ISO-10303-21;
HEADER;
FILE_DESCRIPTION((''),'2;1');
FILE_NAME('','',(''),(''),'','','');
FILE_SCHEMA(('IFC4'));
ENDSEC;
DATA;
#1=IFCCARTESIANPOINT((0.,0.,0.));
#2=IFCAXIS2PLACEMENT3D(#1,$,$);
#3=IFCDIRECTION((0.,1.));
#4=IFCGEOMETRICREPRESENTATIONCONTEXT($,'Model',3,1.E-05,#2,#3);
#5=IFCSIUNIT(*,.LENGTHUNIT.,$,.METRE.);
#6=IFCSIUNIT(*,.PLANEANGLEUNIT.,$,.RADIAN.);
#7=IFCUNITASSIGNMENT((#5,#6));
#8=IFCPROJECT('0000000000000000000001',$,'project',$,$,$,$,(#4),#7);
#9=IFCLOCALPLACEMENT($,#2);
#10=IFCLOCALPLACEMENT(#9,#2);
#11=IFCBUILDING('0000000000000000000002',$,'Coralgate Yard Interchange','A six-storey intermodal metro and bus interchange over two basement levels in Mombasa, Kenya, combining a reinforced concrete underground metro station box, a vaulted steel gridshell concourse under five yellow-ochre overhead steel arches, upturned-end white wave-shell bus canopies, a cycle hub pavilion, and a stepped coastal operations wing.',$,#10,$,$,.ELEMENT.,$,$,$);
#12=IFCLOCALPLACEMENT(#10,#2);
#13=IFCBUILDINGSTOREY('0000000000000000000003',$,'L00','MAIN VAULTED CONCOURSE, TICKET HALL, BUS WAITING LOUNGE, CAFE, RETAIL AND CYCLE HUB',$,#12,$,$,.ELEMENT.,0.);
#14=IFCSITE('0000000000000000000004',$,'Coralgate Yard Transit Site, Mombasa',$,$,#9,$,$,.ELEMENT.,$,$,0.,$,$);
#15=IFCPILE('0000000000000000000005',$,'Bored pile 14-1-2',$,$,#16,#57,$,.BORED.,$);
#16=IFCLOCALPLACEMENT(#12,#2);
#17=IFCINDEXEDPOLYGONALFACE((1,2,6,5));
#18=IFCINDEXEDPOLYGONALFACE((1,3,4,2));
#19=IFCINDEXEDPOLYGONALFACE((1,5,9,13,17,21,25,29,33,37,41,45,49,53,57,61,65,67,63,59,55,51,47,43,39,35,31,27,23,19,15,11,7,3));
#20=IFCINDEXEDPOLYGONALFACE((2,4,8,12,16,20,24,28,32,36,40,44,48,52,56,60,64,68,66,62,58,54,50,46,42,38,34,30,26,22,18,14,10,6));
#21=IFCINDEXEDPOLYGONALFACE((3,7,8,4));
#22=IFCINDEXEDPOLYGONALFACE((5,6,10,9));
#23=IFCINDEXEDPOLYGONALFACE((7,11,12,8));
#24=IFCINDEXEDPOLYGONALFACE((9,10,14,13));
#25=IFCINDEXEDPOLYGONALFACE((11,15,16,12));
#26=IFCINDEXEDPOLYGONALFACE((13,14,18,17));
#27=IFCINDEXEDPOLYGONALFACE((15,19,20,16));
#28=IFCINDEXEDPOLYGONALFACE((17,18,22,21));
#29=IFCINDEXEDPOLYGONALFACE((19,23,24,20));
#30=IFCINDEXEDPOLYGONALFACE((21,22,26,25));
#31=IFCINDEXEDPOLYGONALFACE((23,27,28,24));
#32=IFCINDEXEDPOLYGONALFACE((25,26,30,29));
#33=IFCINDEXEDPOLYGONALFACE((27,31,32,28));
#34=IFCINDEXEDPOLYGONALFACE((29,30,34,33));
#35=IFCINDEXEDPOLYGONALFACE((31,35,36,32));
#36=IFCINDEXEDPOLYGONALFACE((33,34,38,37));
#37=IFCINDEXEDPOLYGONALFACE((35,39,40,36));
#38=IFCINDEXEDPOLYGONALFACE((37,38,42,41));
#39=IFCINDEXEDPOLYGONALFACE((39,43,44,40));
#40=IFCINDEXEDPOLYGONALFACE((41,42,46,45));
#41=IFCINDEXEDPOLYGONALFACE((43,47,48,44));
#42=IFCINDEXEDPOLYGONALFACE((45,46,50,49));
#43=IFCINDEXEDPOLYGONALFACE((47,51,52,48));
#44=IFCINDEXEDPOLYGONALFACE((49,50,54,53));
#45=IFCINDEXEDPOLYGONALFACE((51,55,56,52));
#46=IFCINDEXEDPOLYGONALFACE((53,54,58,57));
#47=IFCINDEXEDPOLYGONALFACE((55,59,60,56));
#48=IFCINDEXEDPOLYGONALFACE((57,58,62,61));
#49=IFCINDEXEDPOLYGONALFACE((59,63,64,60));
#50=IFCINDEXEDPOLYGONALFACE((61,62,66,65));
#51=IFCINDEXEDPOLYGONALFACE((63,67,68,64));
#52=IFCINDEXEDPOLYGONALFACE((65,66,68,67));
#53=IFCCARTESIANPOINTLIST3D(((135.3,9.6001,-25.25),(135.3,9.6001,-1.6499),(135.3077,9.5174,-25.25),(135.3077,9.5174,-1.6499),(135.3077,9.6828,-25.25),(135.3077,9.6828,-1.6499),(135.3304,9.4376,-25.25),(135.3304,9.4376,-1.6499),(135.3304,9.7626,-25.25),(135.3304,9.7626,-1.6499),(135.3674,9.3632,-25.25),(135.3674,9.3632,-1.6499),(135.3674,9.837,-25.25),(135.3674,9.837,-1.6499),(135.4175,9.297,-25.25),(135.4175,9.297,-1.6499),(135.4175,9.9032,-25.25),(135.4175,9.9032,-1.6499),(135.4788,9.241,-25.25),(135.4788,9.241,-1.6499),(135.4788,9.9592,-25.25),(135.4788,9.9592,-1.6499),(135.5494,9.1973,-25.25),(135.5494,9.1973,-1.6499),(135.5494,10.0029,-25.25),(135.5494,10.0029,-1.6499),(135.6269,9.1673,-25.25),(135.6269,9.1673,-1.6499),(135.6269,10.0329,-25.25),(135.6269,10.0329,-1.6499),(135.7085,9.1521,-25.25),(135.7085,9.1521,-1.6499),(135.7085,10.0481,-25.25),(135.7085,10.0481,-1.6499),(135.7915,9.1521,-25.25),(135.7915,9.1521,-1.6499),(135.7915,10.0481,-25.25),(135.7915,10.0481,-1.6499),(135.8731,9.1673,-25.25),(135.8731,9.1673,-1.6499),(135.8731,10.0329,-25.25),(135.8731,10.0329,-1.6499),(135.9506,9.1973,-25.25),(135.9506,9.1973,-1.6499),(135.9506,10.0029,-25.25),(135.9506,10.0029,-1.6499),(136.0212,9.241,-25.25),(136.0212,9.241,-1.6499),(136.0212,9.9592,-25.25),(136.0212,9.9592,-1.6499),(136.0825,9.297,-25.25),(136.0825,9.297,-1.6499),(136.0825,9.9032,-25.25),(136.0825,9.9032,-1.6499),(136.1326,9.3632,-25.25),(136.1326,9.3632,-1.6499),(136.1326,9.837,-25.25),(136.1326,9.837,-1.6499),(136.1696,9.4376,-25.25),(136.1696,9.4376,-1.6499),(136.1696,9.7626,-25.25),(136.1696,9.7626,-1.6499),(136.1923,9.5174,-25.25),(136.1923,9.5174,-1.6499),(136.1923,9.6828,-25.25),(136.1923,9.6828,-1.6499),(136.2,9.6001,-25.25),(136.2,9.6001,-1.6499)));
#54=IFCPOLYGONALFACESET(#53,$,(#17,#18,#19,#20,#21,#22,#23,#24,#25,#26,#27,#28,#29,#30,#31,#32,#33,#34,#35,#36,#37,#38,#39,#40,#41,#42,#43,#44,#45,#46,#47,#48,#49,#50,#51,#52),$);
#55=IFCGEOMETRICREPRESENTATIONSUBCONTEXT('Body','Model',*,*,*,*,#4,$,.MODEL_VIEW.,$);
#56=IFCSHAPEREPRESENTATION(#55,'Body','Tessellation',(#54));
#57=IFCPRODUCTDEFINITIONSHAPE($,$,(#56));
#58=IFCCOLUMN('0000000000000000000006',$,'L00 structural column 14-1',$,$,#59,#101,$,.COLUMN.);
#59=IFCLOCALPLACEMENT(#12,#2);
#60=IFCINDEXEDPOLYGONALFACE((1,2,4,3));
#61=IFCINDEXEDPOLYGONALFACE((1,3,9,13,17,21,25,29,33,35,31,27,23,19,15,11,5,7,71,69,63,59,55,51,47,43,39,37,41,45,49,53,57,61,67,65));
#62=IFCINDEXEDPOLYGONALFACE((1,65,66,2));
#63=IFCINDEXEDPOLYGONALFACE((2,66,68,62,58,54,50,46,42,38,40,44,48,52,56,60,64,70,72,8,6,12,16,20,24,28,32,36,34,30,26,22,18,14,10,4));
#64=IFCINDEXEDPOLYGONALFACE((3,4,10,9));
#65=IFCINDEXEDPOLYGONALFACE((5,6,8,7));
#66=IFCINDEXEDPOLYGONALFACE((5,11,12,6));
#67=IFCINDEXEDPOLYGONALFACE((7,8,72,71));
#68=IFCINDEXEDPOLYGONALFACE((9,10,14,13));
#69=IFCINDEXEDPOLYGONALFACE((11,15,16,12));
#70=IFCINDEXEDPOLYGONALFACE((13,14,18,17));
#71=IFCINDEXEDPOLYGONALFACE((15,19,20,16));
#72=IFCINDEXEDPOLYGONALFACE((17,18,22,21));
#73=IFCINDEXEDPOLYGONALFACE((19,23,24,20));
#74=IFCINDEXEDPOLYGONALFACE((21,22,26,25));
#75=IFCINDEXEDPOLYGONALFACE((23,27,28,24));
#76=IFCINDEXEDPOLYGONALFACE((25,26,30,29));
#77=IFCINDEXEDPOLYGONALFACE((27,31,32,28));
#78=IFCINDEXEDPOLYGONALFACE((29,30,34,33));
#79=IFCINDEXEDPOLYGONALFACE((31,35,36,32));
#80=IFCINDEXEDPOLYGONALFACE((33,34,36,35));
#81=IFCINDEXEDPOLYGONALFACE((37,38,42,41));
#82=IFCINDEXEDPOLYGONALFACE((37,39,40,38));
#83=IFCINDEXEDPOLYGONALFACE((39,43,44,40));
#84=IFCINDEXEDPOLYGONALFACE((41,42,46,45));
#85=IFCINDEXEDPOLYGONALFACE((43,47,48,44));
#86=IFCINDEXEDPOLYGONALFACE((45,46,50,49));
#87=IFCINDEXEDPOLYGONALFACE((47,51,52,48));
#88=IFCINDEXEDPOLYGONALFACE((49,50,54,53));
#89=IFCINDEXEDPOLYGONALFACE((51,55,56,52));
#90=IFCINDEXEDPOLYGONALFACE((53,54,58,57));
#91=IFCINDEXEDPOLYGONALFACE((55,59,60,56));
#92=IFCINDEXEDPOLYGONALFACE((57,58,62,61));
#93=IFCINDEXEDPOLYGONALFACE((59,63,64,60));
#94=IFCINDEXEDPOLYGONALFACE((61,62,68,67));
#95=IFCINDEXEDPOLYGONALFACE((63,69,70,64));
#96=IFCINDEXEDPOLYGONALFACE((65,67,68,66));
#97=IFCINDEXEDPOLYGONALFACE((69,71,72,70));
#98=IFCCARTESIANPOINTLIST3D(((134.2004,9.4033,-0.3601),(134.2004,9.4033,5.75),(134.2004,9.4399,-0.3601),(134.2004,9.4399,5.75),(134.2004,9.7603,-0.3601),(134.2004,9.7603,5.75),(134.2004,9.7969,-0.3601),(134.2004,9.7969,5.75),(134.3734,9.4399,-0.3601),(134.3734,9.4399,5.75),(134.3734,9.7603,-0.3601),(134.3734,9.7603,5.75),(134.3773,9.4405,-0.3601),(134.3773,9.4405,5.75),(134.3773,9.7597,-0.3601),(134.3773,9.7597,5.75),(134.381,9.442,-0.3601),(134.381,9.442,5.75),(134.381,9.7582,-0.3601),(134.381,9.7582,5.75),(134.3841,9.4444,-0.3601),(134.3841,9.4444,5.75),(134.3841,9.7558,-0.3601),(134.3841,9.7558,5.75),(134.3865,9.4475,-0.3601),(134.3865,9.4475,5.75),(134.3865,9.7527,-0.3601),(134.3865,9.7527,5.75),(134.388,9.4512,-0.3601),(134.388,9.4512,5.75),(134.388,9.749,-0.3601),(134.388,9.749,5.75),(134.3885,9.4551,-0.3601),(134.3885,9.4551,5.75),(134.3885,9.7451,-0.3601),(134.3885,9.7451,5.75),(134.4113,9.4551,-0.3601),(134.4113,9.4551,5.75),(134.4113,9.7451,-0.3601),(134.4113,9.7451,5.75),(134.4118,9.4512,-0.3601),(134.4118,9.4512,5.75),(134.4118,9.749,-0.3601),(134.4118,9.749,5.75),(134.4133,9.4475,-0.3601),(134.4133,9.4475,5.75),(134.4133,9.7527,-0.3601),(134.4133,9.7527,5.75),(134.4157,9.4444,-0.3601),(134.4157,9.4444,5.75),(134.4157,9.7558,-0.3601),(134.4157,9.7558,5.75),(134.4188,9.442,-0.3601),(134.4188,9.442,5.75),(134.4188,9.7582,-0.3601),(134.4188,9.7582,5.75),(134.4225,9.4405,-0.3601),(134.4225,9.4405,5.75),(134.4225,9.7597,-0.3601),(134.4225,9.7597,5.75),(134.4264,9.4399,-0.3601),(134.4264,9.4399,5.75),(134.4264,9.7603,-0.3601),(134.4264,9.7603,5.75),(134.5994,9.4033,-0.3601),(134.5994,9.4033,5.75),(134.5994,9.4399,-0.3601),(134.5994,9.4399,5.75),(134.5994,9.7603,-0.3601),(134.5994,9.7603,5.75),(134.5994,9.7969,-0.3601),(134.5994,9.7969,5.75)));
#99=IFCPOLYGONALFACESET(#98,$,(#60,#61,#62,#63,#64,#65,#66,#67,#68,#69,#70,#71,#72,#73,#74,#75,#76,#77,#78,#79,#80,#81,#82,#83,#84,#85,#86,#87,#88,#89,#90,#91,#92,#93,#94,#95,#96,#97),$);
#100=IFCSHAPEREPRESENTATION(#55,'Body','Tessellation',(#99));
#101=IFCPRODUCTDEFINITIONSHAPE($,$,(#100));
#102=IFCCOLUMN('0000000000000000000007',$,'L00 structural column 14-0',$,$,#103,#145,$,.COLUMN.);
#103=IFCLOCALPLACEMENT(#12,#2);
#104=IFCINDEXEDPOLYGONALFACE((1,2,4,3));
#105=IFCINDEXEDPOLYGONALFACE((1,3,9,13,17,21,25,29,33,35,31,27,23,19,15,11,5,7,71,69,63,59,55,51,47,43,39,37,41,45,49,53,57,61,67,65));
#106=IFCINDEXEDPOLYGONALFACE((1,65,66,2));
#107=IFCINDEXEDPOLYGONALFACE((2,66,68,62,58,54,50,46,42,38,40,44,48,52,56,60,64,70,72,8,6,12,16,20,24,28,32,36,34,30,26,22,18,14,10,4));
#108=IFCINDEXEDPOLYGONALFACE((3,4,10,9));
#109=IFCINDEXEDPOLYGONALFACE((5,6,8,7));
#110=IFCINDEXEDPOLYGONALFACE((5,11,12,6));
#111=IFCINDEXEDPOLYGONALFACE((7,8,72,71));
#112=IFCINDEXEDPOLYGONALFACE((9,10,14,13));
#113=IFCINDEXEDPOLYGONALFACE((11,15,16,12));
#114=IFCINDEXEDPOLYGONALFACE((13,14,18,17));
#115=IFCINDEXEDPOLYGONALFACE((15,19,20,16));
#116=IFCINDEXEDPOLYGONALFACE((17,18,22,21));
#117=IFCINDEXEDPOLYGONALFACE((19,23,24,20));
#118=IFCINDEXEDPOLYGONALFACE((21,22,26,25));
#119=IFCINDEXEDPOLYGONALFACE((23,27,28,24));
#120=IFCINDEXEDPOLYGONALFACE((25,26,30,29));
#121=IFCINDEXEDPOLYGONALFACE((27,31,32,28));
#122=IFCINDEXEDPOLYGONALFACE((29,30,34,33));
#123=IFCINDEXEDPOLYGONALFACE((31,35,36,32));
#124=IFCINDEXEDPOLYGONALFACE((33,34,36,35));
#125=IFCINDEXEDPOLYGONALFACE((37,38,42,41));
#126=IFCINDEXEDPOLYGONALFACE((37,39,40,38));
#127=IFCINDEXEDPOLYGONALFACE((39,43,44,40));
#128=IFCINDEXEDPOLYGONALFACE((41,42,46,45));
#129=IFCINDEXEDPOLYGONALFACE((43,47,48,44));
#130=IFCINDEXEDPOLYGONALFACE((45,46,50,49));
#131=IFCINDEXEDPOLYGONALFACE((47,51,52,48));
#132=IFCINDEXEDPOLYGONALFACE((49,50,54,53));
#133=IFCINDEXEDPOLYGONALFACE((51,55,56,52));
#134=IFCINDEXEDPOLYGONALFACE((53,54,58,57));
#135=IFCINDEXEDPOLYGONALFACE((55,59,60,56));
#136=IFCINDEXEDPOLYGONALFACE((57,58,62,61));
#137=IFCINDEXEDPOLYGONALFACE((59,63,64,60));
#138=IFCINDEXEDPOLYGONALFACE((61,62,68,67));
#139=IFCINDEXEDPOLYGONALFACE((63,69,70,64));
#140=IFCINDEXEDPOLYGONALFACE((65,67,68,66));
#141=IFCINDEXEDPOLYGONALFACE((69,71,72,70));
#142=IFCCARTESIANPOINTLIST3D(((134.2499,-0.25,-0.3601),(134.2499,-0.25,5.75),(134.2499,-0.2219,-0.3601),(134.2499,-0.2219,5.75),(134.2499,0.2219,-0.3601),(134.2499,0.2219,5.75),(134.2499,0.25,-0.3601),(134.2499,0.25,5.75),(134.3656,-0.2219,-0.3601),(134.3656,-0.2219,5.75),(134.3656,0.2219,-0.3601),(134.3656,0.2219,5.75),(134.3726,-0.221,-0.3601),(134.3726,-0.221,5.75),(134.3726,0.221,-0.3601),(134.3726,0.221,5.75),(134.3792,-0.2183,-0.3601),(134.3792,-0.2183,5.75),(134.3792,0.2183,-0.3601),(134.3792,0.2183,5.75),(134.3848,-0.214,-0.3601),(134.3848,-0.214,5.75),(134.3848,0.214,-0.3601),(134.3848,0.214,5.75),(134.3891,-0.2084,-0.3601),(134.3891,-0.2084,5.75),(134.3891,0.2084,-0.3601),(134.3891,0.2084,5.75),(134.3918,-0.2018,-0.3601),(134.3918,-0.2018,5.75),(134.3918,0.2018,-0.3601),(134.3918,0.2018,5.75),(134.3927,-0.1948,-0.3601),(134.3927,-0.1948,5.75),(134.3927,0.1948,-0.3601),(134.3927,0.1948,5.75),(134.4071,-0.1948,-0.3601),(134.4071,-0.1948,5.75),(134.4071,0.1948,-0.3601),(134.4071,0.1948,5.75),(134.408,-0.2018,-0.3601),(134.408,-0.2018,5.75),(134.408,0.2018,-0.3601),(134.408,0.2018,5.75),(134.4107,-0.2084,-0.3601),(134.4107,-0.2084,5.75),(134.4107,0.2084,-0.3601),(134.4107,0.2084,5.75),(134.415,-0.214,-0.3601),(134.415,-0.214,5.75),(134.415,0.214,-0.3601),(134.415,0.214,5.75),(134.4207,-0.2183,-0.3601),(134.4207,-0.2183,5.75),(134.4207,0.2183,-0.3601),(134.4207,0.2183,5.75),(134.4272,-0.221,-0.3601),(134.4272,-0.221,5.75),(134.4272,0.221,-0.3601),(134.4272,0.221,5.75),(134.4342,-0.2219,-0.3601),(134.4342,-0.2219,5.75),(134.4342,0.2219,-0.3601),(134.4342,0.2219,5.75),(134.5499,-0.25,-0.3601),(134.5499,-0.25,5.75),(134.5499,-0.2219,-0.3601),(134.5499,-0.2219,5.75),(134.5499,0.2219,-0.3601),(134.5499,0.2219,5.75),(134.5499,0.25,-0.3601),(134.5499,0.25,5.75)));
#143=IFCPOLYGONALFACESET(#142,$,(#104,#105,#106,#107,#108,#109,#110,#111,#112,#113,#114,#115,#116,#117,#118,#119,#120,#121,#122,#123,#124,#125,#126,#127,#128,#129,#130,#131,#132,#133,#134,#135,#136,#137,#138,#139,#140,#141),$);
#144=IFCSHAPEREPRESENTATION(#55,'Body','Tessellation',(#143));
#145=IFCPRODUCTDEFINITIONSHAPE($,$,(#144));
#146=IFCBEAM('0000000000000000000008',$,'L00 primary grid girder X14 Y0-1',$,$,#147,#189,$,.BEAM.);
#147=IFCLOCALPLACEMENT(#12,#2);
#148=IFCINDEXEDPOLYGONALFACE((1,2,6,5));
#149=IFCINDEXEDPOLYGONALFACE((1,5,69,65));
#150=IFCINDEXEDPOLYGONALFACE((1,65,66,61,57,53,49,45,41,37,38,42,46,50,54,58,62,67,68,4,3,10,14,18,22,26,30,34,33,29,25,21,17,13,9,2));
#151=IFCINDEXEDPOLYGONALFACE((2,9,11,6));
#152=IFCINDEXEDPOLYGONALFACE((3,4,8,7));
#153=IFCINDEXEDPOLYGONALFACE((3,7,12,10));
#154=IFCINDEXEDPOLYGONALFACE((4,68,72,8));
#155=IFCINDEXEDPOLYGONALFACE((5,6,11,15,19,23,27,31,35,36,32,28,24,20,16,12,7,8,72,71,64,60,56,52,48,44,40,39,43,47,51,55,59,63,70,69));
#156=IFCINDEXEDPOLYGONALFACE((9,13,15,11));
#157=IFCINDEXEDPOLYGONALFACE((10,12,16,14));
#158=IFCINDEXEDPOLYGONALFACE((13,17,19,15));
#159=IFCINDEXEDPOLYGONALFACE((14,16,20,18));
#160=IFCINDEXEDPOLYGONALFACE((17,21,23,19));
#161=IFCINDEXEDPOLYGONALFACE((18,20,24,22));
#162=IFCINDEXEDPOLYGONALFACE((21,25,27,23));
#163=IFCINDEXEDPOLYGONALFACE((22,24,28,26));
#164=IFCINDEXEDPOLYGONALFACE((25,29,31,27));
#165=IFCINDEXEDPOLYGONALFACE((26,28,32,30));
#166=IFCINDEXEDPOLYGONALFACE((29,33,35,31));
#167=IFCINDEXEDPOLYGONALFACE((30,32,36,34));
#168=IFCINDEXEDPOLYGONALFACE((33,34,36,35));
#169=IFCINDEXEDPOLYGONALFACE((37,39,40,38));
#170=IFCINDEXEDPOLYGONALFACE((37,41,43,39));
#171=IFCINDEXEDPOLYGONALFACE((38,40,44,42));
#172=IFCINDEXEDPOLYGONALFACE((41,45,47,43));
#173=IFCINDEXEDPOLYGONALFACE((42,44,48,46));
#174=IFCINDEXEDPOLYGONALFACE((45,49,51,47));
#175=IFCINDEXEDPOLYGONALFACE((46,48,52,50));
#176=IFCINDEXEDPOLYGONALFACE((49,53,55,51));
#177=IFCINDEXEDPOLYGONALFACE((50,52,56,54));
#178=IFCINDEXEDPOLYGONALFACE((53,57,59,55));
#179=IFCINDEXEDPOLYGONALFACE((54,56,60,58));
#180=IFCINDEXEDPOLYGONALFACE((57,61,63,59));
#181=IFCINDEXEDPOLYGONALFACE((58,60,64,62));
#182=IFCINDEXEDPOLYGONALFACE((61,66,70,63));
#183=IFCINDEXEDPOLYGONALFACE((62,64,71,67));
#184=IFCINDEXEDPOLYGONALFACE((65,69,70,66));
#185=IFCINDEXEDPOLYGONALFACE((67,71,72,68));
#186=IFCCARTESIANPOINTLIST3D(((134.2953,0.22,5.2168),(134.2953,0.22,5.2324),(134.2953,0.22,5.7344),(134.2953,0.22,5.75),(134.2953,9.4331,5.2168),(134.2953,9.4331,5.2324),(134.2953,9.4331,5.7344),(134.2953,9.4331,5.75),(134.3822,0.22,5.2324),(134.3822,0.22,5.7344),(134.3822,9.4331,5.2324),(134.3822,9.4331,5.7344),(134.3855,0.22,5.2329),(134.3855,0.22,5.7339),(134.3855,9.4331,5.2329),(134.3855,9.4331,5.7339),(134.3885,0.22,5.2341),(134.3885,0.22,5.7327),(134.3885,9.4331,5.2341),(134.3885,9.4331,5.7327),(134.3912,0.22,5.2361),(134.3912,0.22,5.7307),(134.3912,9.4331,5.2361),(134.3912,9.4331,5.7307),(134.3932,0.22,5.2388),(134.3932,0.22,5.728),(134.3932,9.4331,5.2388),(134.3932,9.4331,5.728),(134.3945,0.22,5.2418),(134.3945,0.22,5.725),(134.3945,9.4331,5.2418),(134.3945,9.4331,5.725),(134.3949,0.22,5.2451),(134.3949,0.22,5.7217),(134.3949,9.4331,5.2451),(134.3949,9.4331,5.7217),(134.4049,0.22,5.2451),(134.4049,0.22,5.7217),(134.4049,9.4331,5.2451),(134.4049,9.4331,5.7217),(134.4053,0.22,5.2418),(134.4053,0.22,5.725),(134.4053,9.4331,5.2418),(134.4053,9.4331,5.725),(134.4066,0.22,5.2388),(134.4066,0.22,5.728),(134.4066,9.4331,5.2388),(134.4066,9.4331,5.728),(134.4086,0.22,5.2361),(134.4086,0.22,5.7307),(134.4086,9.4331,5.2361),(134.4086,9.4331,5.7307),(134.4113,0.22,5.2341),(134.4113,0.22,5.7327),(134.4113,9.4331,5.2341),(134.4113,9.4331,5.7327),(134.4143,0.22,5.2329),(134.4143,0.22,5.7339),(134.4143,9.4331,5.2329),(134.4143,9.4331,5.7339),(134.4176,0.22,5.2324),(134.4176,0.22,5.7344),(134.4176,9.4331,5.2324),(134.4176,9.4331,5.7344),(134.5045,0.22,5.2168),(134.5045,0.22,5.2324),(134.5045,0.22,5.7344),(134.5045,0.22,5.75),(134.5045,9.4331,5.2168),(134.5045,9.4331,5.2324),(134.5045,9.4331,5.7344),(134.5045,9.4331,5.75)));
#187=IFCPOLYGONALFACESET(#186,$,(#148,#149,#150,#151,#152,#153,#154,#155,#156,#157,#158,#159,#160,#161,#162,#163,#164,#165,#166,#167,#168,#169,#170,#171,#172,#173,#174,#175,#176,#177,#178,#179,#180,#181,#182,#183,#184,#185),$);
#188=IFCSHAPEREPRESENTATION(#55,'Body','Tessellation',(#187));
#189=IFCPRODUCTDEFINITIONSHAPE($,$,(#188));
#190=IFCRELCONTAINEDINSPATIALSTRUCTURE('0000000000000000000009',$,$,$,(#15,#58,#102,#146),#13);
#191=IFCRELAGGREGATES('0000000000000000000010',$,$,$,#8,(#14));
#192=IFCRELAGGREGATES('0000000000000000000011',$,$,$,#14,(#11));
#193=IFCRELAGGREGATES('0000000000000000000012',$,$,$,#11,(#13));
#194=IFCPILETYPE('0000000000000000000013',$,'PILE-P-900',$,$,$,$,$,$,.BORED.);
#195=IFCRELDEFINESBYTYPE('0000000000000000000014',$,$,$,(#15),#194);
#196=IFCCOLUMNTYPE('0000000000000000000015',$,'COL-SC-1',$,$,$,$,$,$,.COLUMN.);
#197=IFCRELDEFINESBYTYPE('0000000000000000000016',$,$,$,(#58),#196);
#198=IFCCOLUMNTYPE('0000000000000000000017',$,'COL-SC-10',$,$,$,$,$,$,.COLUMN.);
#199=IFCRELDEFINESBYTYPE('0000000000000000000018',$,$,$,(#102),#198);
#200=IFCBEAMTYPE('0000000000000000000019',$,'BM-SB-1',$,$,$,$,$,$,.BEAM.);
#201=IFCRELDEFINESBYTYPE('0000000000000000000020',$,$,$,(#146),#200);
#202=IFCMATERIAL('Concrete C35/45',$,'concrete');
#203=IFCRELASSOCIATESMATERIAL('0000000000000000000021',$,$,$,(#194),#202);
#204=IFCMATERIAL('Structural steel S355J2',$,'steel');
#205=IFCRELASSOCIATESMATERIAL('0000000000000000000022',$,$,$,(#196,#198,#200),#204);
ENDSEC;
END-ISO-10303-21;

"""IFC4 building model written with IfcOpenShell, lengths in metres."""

from ifc_helpers import new_model, si_unit, direction, frame, origin, origin_2d, place, context, subcontext, project, spatial, circle, i_section, extrude, material, material_profile, profile_set, type_object, element, save


model = new_model("IFC4")

# Units and contexts
model_context = context("Model", 3, precision=1e-05, world=origin(), true_north=direction((0.0, 1.0)))
body_context = subcontext(model_context, "Body", "Model", "MODEL_VIEW")
ifc_project = project(units=[si_unit("LENGTHUNIT", "METRE"), si_unit("PLANEANGLEUNIT", "RADIAN")], contexts=[model_context])

# Site, building, storey
site_placement = place(None, origin())
site = spatial("IfcSite", under=ifc_project, at=site_placement, Name="Coralgate Yard Transit Site, Mombasa", CompositionType="ELEMENT", RefElevation=0.0)
building_placement = place(site_placement, origin())
building = spatial("IfcBuilding", under=site, at=building_placement, Name="Coralgate Yard Interchange", Description="A six-storey intermodal metro and bus interchange over two basement levels in Mombasa, Kenya, combining a reinforced concrete underground metro station box, a vaulted steel gridshell concourse under five yellow-ochre overhead steel arches, upturned-end white wave-shell bus canopies, a cycle hub pavilion, and a stepped coastal operations wing.", CompositionType="ELEMENT")
storey_placement = place(building_placement, origin())
storey = spatial("IfcBuildingStorey", under=building, at=storey_placement, Name="L00", Description="MAIN VAULTED CONCOURSE, TICKET HALL, BUS WAITING LOUNGE, CAFE, RETAIL AND CYCLE HUB", CompositionType="ELEMENT", Elevation=0.0)

# Pile
ifc_material_1 = material(Name="Concrete C35/45", Category="concrete")
ifc_material_profile_1 = material_profile(ifc_material_1, circle(Radius=0.45, at=origin_2d()), Name="BORED PILE D900")
ifc_profile_set_1 = profile_set([ifc_material_profile_1], Name="Concrete C35/45")
pile_type = type_object("IfcPileType", Name="PILE-P-900", PredefinedType="BORED", material=ifc_profile_set_1)
for number, where, z_axis, x_axis, name in (
    (1, (135.75, 9.6001, -1.6499), (0.0, 0.0, -1.0), (1.0, 0.0, 0.0), "Bored pile 14-1-2"),
):
    element("IfcPile", number, at=place(storey_placement, frame(where, z_axis=z_axis, x_axis=x_axis)), inside=storey, type_object=pile_type, Name=name, PredefinedType="BORED", context=body_context, shape_type="SweptSolid", body=[
        extrude(circle(Radius=0.45, at=origin_2d()), origin(), (0.0, 0.0, 1.0), 23.6001),
    ])

# Columns
ifc_material_2 = material(Name="Structural steel S355J2", Category="steel")
ifc_material_profile_2 = material_profile(ifc_material_2, i_section(OverallWidth=0.3989, OverallDepth=0.3936, WebThickness=0.0227, FlangeThickness=0.0366, FilletRadius=0.0151, at=origin_2d()), Name="UC 356x406x287")
ifc_profile_set_2 = profile_set([ifc_material_profile_2], Name="Structural steel S355J2")
column_type_1 = type_object("IfcColumnType", Name="COL-SC-1", PredefinedType="COLUMN", material=ifc_profile_set_2)
column_1_placement = place(storey_placement, frame((134.3999, 9.6001, -0.3601), z_axis=(0.0, 0.0, 1.0), x_axis=(1.0, 0.0, 0.0)))
element("IfcColumn", 2, at=column_1_placement, inside=storey, type_object=column_type_1, Name="L00 structural column 14-1", PredefinedType="COLUMN", context=body_context, shape_type="SweptSolid", body=[
    extrude(i_section(OverallWidth=0.3989, OverallDepth=0.3936, WebThickness=0.0227, FlangeThickness=0.0366, FilletRadius=0.0151, at=origin_2d()), origin(), (0.0, 0.0, 1.0), 6.1101),
])
ifc_material_profile_3 = material_profile(ifc_material_2, i_section(OverallWidth=0.3, OverallDepth=0.5, WebThickness=0.0144, FlangeThickness=0.0281, FilletRadius=0.0271, at=origin_2d()), Name="HEB 500")
ifc_profile_set_3 = profile_set([ifc_material_profile_3], Name="Structural steel S355J2")
column_type_2 = type_object("IfcColumnType", Name="COL-SC-10", PredefinedType="COLUMN", material=ifc_profile_set_3)
column_2_placement = place(storey_placement, frame((134.3999, 0.0, -0.3601), z_axis=(0.0, 0.0, 1.0), x_axis=(1.0, 0.0, 0.0)))
element("IfcColumn", 3, at=column_2_placement, inside=storey, type_object=column_type_2, Name="L00 structural column 14-0", PredefinedType="COLUMN", context=body_context, shape_type="SweptSolid", body=[
    extrude(i_section(OverallWidth=0.3, OverallDepth=0.5, WebThickness=0.0144, FlangeThickness=0.0281, FilletRadius=0.0271, at=origin_2d()), origin(), (0.0, 0.0, 1.0), 6.1101),
])

# Beam
ifc_material_profile_4 = material_profile(ifc_material_2, i_section(OverallWidth=0.2092, OverallDepth=0.5332, WebThickness=0.01, FlangeThickness=0.0156, FilletRadius=0.0127, at=origin_2d()), Name="UB 533x210x92")
ifc_profile_set_4 = profile_set([ifc_material_profile_4], Name="Structural steel S355J2")
beam_type_1 = type_object("IfcBeamType", Name="BM-SB-1", PredefinedType="BEAM", material=ifc_profile_set_4)
beam_1_placement = place(storey_placement, frame((134.3999, 0.22, 5.4834), z_axis=(0.0, 1.0, 0.0), x_axis=(-1.0, 0.0, 0.0)))
element("IfcBeam", 4, at=beam_1_placement, inside=storey, type_object=beam_type_1, Name="L00 primary grid girder X14 Y0-1", PredefinedType="BEAM", context=body_context, shape_type="SweptSolid", body=[
    extrude(i_section(OverallWidth=0.2092, OverallDepth=0.5332, WebThickness=0.01, FlangeThickness=0.0156, FilletRadius=0.0127, at=origin_2d()), origin(), (0.0, 0.0, 1.0), 9.2131),
])

save(model, "model.ifc")
